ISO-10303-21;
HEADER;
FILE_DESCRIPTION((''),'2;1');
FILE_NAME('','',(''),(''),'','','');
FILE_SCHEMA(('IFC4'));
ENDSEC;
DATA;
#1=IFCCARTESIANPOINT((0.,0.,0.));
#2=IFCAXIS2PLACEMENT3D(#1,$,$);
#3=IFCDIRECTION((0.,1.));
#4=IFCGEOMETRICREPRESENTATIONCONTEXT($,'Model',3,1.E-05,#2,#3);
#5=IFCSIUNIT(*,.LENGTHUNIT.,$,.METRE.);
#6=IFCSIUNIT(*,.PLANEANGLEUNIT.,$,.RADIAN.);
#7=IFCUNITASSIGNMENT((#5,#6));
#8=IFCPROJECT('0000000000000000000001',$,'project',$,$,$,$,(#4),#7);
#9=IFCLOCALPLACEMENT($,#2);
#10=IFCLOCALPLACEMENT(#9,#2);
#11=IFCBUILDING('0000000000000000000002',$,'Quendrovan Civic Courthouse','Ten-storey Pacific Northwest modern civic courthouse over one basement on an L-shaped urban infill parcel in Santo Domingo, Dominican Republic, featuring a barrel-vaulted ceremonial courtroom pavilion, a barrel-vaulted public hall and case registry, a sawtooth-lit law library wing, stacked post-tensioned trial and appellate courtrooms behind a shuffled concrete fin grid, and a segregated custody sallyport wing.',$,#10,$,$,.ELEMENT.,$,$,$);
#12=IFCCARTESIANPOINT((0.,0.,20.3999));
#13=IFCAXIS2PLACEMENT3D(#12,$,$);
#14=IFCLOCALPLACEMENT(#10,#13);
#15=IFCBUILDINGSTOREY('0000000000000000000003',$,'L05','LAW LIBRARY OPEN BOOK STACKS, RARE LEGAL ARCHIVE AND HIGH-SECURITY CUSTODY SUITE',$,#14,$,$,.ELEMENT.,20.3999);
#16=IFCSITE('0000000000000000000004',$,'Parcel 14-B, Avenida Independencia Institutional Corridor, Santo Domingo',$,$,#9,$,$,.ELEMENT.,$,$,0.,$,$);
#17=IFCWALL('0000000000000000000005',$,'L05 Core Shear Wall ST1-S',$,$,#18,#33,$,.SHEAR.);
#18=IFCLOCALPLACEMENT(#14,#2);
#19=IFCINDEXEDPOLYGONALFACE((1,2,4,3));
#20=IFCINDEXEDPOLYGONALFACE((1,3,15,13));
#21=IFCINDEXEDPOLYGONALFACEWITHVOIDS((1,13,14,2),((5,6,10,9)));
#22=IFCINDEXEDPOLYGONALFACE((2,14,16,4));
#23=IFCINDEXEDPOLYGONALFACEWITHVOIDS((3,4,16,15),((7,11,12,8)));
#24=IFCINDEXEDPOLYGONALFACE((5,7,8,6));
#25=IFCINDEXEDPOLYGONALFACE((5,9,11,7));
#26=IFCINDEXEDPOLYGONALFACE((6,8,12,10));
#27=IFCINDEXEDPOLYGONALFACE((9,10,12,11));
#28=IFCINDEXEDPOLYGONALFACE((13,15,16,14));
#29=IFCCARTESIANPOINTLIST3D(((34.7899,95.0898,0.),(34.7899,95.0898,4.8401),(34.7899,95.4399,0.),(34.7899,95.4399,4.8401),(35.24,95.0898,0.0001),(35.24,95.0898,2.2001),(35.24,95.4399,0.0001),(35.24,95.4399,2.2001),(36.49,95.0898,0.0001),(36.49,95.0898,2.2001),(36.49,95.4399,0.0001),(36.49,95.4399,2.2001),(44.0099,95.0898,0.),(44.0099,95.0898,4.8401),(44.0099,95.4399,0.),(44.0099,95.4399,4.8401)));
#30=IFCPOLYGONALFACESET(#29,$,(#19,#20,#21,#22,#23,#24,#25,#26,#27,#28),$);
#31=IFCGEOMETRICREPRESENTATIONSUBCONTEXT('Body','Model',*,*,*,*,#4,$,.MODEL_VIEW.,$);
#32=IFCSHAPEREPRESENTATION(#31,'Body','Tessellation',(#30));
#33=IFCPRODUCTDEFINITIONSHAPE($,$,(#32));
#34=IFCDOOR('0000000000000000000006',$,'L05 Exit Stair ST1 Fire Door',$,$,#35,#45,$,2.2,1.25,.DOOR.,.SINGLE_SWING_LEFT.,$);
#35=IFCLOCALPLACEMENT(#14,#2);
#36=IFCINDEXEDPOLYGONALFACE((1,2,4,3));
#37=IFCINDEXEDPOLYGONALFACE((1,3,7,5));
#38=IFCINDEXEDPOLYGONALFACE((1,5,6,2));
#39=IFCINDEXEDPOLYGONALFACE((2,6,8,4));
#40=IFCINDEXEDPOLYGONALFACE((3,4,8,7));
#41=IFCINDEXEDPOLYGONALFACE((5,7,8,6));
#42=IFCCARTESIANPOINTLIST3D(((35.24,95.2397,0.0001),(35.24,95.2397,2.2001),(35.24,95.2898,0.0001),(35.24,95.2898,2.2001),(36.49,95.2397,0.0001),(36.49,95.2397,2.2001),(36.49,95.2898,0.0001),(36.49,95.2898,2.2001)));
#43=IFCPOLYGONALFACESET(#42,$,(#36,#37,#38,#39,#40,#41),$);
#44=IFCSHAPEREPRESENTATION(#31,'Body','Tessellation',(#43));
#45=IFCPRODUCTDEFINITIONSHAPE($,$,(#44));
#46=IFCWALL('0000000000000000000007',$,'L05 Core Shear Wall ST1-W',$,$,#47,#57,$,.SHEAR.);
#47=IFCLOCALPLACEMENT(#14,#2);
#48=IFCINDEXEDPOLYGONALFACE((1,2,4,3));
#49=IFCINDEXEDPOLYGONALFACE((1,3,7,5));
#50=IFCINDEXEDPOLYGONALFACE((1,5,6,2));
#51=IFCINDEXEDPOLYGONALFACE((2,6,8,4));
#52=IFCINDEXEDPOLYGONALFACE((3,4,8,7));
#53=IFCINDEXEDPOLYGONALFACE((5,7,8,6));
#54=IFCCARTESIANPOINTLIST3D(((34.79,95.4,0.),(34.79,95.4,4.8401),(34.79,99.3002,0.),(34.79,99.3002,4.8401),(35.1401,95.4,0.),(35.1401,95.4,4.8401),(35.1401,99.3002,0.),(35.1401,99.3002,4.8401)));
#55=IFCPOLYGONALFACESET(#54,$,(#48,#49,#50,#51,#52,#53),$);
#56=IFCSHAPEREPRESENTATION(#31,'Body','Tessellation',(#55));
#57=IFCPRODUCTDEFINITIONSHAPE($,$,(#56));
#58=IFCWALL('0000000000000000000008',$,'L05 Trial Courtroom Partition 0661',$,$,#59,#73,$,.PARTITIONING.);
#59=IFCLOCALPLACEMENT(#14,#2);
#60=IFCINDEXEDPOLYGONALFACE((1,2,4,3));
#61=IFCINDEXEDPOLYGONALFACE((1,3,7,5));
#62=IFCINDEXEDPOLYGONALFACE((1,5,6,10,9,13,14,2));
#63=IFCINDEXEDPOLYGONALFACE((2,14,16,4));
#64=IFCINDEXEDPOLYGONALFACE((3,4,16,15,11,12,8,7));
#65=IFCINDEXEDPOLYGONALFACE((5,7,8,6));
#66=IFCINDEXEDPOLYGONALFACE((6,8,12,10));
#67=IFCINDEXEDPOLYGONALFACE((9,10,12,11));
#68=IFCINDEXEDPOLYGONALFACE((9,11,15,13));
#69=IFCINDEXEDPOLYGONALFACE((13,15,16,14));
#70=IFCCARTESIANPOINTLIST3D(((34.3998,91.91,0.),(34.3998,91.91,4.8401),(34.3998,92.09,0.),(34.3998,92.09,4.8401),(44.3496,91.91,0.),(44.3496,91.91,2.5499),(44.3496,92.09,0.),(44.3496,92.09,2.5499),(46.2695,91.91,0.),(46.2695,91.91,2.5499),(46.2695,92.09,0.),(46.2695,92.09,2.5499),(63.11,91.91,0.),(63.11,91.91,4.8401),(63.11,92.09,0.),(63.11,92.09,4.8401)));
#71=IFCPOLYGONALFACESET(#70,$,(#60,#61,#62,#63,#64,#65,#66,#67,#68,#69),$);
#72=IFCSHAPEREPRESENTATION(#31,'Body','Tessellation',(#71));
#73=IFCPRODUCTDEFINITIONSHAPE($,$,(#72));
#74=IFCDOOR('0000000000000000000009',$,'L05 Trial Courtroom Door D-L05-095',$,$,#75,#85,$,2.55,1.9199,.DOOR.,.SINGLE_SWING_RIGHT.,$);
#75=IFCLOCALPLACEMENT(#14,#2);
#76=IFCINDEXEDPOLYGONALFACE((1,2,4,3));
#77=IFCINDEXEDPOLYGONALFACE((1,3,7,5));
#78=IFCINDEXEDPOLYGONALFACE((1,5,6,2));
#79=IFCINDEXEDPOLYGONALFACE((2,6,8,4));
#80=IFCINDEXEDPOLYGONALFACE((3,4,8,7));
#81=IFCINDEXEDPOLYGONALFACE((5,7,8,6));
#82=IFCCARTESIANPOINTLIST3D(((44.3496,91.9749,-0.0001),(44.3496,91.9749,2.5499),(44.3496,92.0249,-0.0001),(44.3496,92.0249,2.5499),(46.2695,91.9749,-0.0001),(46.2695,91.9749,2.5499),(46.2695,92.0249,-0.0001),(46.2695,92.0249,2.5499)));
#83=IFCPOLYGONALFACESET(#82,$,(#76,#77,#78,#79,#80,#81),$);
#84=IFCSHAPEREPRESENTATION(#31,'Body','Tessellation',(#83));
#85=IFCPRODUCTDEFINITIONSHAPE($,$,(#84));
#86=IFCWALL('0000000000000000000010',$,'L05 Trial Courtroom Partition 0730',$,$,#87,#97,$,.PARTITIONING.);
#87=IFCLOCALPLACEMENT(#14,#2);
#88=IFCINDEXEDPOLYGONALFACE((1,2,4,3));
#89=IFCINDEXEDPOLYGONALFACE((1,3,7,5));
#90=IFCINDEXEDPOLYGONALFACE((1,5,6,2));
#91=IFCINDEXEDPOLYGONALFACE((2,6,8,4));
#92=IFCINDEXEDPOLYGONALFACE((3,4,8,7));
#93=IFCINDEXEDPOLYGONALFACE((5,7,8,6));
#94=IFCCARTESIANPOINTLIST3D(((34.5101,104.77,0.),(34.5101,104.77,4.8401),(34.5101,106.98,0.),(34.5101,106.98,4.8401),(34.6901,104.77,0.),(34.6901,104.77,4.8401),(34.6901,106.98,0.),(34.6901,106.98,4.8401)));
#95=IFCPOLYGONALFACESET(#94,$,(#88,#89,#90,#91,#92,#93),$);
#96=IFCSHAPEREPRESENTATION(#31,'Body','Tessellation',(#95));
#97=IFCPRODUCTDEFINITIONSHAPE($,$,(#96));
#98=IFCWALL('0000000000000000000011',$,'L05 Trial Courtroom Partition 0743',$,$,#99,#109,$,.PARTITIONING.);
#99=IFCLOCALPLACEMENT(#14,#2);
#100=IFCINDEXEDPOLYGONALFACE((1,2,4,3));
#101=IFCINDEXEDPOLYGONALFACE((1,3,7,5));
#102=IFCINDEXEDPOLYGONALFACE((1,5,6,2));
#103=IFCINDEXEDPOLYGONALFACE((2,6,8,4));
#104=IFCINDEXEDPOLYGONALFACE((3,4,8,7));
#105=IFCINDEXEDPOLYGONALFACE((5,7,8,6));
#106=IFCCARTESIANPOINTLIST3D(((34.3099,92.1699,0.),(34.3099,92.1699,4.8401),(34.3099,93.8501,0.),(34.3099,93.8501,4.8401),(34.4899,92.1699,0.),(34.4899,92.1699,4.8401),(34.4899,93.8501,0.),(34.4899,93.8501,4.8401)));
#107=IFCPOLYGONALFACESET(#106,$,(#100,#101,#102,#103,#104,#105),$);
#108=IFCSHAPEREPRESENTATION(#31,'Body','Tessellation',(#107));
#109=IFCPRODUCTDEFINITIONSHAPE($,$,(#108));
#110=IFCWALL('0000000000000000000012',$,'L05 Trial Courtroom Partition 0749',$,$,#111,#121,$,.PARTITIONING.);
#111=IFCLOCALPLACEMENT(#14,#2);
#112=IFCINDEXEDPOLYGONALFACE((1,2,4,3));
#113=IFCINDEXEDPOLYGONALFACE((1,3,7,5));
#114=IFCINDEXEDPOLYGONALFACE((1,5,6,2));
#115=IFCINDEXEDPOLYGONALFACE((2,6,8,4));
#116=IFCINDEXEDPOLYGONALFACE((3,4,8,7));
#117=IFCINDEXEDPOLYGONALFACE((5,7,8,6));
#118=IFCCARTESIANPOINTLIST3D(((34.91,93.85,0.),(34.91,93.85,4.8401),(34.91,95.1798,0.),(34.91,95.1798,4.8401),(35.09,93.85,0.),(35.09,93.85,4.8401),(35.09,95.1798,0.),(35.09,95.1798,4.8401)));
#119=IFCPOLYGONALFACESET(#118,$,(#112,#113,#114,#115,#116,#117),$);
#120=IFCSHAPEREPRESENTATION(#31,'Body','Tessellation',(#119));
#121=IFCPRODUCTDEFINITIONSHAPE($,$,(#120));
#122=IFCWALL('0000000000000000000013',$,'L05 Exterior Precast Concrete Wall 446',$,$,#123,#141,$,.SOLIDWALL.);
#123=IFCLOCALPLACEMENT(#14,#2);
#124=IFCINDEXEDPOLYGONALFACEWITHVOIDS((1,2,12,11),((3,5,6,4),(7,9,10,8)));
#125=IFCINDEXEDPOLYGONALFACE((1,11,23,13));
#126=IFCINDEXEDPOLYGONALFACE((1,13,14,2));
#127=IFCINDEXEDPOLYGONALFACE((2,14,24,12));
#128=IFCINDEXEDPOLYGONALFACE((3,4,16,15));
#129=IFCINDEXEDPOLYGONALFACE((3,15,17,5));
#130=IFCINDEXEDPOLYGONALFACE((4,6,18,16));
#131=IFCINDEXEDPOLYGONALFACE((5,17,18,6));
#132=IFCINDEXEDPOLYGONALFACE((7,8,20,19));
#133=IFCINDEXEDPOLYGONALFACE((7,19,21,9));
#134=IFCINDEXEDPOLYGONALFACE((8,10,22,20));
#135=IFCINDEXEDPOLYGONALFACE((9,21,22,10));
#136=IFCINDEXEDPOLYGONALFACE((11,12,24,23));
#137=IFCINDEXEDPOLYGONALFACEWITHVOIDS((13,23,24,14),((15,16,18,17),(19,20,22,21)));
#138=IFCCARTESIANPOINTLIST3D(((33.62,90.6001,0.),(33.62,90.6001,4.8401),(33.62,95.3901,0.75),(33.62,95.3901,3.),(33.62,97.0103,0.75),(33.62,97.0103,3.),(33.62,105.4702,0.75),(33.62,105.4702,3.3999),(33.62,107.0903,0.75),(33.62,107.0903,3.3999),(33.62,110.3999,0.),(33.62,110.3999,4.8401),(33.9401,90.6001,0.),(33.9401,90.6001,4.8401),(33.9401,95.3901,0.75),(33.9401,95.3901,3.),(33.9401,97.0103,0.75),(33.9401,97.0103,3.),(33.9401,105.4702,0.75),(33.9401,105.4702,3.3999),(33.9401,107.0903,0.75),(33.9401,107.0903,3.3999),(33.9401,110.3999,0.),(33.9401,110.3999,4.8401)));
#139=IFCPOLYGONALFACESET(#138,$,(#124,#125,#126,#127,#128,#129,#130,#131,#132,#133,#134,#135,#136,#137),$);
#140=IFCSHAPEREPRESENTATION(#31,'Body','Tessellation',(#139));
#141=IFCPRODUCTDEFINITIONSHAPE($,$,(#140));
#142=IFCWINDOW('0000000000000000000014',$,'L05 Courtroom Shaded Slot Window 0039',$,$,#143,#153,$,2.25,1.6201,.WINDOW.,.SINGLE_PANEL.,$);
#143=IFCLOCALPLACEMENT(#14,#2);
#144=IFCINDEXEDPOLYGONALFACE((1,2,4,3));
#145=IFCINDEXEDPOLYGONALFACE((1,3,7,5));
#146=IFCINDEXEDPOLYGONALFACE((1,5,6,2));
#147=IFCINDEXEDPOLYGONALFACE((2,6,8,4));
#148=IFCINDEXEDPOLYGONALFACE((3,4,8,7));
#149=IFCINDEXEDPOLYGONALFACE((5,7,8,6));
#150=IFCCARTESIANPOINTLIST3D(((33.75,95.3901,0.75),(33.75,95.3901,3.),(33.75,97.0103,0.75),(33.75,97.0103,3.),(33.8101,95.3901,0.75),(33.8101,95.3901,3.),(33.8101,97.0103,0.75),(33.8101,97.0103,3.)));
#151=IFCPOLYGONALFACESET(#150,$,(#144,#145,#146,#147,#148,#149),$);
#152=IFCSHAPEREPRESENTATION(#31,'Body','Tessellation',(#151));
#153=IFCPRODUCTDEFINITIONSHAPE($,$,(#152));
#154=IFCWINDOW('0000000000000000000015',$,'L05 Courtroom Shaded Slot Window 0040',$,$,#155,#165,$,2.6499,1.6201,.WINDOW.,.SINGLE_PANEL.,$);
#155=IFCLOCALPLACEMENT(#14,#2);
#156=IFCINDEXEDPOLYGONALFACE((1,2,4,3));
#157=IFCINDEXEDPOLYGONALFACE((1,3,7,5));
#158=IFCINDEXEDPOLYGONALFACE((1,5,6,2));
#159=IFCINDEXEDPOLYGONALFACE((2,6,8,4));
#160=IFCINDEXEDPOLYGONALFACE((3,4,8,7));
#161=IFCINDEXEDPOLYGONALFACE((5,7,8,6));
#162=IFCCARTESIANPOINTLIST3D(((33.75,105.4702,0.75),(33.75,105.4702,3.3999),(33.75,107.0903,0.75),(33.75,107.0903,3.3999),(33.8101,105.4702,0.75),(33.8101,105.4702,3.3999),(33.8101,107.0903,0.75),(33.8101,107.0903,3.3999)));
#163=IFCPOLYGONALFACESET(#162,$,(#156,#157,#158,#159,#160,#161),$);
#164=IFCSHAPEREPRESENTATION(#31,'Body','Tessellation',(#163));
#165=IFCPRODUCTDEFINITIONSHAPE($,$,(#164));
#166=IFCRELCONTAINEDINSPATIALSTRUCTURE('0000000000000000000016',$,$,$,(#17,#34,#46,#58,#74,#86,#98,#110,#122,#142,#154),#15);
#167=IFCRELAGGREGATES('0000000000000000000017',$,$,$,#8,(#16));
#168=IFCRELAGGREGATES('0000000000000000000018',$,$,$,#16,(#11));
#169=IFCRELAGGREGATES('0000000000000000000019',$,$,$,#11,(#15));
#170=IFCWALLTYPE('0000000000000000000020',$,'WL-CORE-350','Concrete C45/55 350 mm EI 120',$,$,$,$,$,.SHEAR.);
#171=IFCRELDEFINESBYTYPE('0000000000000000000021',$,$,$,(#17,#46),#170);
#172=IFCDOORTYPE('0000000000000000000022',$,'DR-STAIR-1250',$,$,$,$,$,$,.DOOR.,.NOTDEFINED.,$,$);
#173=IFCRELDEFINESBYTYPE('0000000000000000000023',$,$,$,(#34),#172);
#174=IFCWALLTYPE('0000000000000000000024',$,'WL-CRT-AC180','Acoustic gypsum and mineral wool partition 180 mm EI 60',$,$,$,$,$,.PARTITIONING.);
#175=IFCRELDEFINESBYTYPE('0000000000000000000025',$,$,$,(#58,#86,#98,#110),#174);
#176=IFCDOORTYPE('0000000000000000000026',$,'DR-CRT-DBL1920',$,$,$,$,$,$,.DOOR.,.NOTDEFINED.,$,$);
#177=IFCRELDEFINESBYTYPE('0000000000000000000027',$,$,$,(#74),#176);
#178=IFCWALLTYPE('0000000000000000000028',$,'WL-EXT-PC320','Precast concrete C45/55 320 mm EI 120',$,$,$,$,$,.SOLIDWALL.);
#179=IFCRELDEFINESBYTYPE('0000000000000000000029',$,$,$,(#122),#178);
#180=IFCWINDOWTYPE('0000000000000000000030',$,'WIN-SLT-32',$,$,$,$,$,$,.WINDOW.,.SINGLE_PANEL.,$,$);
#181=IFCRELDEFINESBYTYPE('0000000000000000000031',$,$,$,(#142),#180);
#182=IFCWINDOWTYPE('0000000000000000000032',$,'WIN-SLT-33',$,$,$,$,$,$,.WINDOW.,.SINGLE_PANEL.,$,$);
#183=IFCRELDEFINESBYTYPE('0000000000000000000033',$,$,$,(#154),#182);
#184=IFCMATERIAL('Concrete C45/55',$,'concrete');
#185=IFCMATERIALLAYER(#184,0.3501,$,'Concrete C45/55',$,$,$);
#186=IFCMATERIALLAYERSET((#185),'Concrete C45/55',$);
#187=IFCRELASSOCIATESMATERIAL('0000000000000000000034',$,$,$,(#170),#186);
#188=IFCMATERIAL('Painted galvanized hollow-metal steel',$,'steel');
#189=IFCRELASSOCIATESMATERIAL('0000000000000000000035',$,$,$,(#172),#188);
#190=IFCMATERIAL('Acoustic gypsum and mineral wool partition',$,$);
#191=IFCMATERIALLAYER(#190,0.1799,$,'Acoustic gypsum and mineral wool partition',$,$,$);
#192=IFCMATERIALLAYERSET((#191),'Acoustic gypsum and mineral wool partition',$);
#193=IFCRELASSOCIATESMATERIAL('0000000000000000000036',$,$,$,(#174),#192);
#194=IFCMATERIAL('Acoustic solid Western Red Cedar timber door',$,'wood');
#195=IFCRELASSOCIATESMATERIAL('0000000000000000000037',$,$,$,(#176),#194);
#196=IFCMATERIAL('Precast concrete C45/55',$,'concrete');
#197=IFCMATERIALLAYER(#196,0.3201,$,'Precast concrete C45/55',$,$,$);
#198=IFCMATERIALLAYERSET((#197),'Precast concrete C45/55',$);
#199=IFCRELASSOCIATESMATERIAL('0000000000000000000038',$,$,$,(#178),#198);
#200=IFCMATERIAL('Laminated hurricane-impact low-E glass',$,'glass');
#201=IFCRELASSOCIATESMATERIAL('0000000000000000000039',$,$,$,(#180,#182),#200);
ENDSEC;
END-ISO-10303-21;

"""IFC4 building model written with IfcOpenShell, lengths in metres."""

from ifc_helpers import new_model, si_unit, direction, frame, frame_2d, origin, place, context, subcontext, project, spatial, rectangle, extrude, material, layer, layer_set, type_object, element, fill, save


model = new_model("IFC4")

# Units and contexts
model_context = context("Model", 3, precision=1e-05, world=origin(), true_north=direction((0.0, 1.0)))
body_context = subcontext(model_context, "Body", "Model", "MODEL_VIEW")
ifc_project = project(units=[si_unit("LENGTHUNIT", "METRE"), si_unit("PLANEANGLEUNIT", "RADIAN")], contexts=[model_context])

# Site, building, storey
site_placement = place(None, origin())
site = spatial("IfcSite", under=ifc_project, at=site_placement, Name="Parcel 14-B, Avenida Independencia Institutional Corridor, Santo Domingo", CompositionType="ELEMENT", RefElevation=0.0)
building_placement = place(site_placement, origin())
building = spatial("IfcBuilding", under=site, at=building_placement, Name="Quendrovan Civic Courthouse", Description="Ten-storey Pacific Northwest modern civic courthouse over one basement on an L-shaped urban infill parcel in Santo Domingo, Dominican Republic, featuring a barrel-vaulted ceremonial courtroom pavilion, a barrel-vaulted public hall and case registry, a sawtooth-lit law library wing, stacked post-tensioned trial and appellate courtrooms behind a shuffled concrete fin grid, and a segregated custody sallyport wing.", CompositionType="ELEMENT")
storey_placement = place(building_placement, frame((0.0, 0.0, 20.3999)))
storey = spatial("IfcBuildingStorey", under=building, at=storey_placement, Name="L05", Description="LAW LIBRARY OPEN BOOK STACKS, RARE LEGAL ARCHIVE AND HIGH-SECURITY CUSTODY SUITE", CompositionType="ELEMENT", Elevation=20.3999)

# Shared definitions
ifc_material_1 = material(Name="Concrete C45/55", Category="concrete")

# Shared definitions
ifc_material_2 = material(Name="Precast concrete C45/55", Category="concrete")

# Wall, opening, door
ifc_layer_1 = layer(ifc_material_1, 0.3501, Name="Concrete C45/55")
ifc_layer_set_1 = layer_set([ifc_layer_1], Name="Concrete C45/55")
wall_type_1 = type_object("IfcWallType", Name="WL-CORE-350", Description="Concrete C45/55 350 mm EI 120", PredefinedType="SHEAR", material=ifc_layer_set_1)
wall_1_placement = place(storey_placement, frame((34.79, 95.2649, 0.0), z_axis=(0.0, 0.0, 1.0), x_axis=(1.0, 0.0, 0.0)))
wall_1 = element("IfcWall", 1, at=wall_1_placement, inside=storey, type_object=wall_type_1, Name="L05 Core Shear Wall ST1-S", PredefinedType="SHEAR", context=body_context, shape_type="SweptSolid", body=[
    extrude(rectangle(XDim=9.22, YDim=0.3501, at=frame_2d((4.6099, 0.0))), origin(), (0.0, 0.0, 1.0), 4.8401),
])
opening_1_placement = place(wall_1_placement, frame((0.45, 0.0, 0.0)))
opening_1 = element("IfcOpeningElement", 2, at=opening_1_placement, cuts=wall_1, PredefinedType="OPENING", context=body_context, shape_type="SweptSolid", body=[
    extrude(rectangle(XDim=1.25, YDim=2.2, at=frame_2d((0.625, 1.1001))), frame((0.0, 0.1851, 0.0), z_axis=(0.0, -1.0, 0.0), x_axis=(1.0, 0.0, 0.0)), (0.0, 0.0, 1.0), 0.3701),
])
ifc_material_3 = material(Name="Painted galvanized hollow-metal steel", Category="steel")
door_type_1 = type_object("IfcDoorType", Name="DR-STAIR-1250", OperationType="NOTDEFINED", PredefinedType="DOOR", material=ifc_material_3)
door_1_placement = place(opening_1_placement, origin())
door_1 = element("IfcDoor", 3, at=door_1_placement, inside=storey, type_object=door_type_1, Name="L05 Exit Stair ST1 Fire Door", OperationType="SINGLE_SWING_LEFT", OverallHeight=2.2, OverallWidth=1.25, PredefinedType="DOOR", context=body_context, shape_type="SweptSolid", body=[
    extrude(rectangle(XDim=1.25, YDim=2.2, at=frame_2d((0.625, 1.1001))), frame((0.0, 0.0249, 0.0), z_axis=(0.0, -1.0, 0.0), x_axis=(1.0, 0.0, 0.0)), (0.0, 0.0, 1.0), 0.05),
])
fill(opening_1, door_1)

# Wall
wall_2_placement = place(storey_placement, frame((34.9651, 95.3999, 0.0), z_axis=(0.0, 0.0, 1.0), x_axis=(0.0, 1.0, 0.0)))
element("IfcWall", 4, at=wall_2_placement, inside=storey, type_object=wall_type_1, Name="L05 Core Shear Wall ST1-W", PredefinedType="SHEAR", context=body_context, shape_type="SweptSolid", body=[
    extrude(rectangle(XDim=3.9001, YDim=0.3501, at=frame_2d((1.9502, 0.0))), origin(), (0.0, 0.0, 1.0), 4.8401),
])

# Wall, opening, door
ifc_material_4 = material(Name="Acoustic gypsum and mineral wool partition")
ifc_layer_2 = layer(ifc_material_4, 0.1799, Name="Acoustic gypsum and mineral wool partition")
ifc_layer_set_2 = layer_set([ifc_layer_2], Name="Acoustic gypsum and mineral wool partition")
wall_type_2 = type_object("IfcWallType", Name="WL-CRT-AC180", Description="Acoustic gypsum and mineral wool partition 180 mm EI 60", PredefinedType="PARTITIONING", material=ifc_layer_set_2)
wall_3_placement = place(storey_placement, frame((34.3999, 92.0, 0.0), z_axis=(0.0, 0.0, 1.0), x_axis=(1.0, 0.0, 0.0)))
wall_3 = element("IfcWall", 5, at=wall_3_placement, inside=storey, type_object=wall_type_2, Name="L05 Trial Courtroom Partition 0661", PredefinedType="PARTITIONING", context=body_context, shape_type="SweptSolid", body=[
    extrude(rectangle(XDim=28.7102, YDim=0.1799, at=frame_2d((14.355, 0.0))), origin(), (0.0, 0.0, 1.0), 4.8401),
])
opening_2_placement = place(wall_3_placement, frame((9.9497, 0.0, 0.0)))
opening_2 = element("IfcOpeningElement", 6, at=opening_2_placement, cuts=wall_3, PredefinedType="OPENING", context=body_context, shape_type="SweptSolid", body=[
    extrude(rectangle(XDim=1.9199, YDim=2.55, at=frame_2d((0.96, 1.2749))), frame((0.0, 0.1001, 0.0), z_axis=(0.0, -1.0, 0.0), x_axis=(1.0, 0.0, 0.0)), (0.0, 0.0, 1.0), 0.2),
])
ifc_material_5 = material(Name="Acoustic solid Western Red Cedar timber door", Category="wood")
door_type_2 = type_object("IfcDoorType", Name="DR-CRT-DBL1920", OperationType="NOTDEFINED", PredefinedType="DOOR", material=ifc_material_5)
door_2_placement = place(opening_2_placement, origin())
door_2 = element("IfcDoor", 7, at=door_2_placement, inside=storey, type_object=door_type_2, Name="L05 Trial Courtroom Door D-L05-095", OperationType="SINGLE_SWING_RIGHT", OverallHeight=2.55, OverallWidth=1.9199, PredefinedType="DOOR", context=body_context, shape_type="SweptSolid", body=[
    extrude(rectangle(XDim=1.9199, YDim=2.55, at=frame_2d((0.96, 1.2749))), frame((0.0, 0.0249, 0.0), z_axis=(0.0, -1.0, 0.0), x_axis=(1.0, 0.0, 0.0)), (0.0, 0.0, 1.0), 0.05),
])
fill(opening_2, door_2)

# Walls
wall_4_placement = place(storey_placement, frame((34.6001, 106.98, 0.0), z_axis=(0.0, 0.0, 1.0), x_axis=(0.0, -1.0, 0.0)))
element("IfcWall", 8, at=wall_4_placement, inside=storey, type_object=wall_type_2, Name="L05 Trial Courtroom Partition 0730", PredefinedType="PARTITIONING", context=body_context, shape_type="SweptSolid", body=[
    extrude(rectangle(XDim=2.21, YDim=0.1799, at=frame_2d((1.105, 0.0))), origin(), (0.0, 0.0, 1.0), 4.8401),
])
wall_5_placement = place(storey_placement, frame((34.3999, 93.8501, 0.0), z_axis=(0.0, 0.0, 1.0), x_axis=(0.0, -1.0, 0.0)))
element("IfcWall", 9, at=wall_5_placement, inside=storey, type_object=wall_type_2, Name="L05 Trial Courtroom Partition 0743", PredefinedType="PARTITIONING", context=body_context, shape_type="SweptSolid", body=[
    extrude(rectangle(XDim=1.6802, YDim=0.1799, at=frame_2d((0.8401, 0.0))), origin(), (0.0, 0.0, 1.0), 4.8401),
])
wall_6_placement = place(storey_placement, frame((35.0, 95.1799, 0.0), z_axis=(0.0, 0.0, 1.0), x_axis=(0.0, -1.0, 0.0)))
element("IfcWall", 10, at=wall_6_placement, inside=storey, type_object=wall_type_2, Name="L05 Trial Courtroom Partition 0749", PredefinedType="PARTITIONING", context=body_context, shape_type="SweptSolid", body=[
    extrude(rectangle(XDim=1.3298, YDim=0.1799, at=frame_2d((0.665, 0.0))), origin(), (0.0, 0.0, 1.0), 4.8401),
])

# Wall, openings, windows
ifc_layer_3 = layer(ifc_material_2, 0.3201, Name="Precast concrete C45/55")
ifc_layer_set_3 = layer_set([ifc_layer_3], Name="Precast concrete C45/55")
wall_type_3 = type_object("IfcWallType", Name="WL-EXT-PC320", Description="Precast concrete C45/55 320 mm EI 120", PredefinedType="SOLIDWALL", material=ifc_layer_set_3)
wall_7_placement = place(storey_placement, frame((33.78, 90.6001, 0.0), z_axis=(0.0, 0.0, 1.0), x_axis=(0.0, 1.0, 0.0)))
wall_7 = element("IfcWall", 11, at=wall_7_placement, inside=storey, type_object=wall_type_3, Name="L05 Exterior Precast Concrete Wall 446", PredefinedType="SOLIDWALL", context=body_context, shape_type="SweptSolid", body=[
    extrude(rectangle(XDim=19.7998, YDim=0.3201, at=frame_2d((9.8999, 0.0))), origin(), (0.0, 0.0, 1.0), 4.8401),
])
opening_3_placement = place(wall_7_placement, frame((4.79, 0.0, 0.75)))
opening_3 = element("IfcOpeningElement", 12, at=opening_3_placement, cuts=wall_7, PredefinedType="OPENING", context=body_context, shape_type="SweptSolid", body=[
    extrude(rectangle(XDim=1.6201, YDim=2.25, at=frame_2d((0.8101, 1.125))), frame((0.0, 0.1699, 0.0), z_axis=(0.0, -1.0, 0.0), x_axis=(1.0, 0.0, 0.0)), (0.0, 0.0, 1.0), 0.3401),
])
opening_4_placement = place(wall_7_placement, frame((14.8701, 0.0, 0.75)))
opening_4 = element("IfcOpeningElement", 13, at=opening_4_placement, cuts=wall_7, PredefinedType="OPENING", context=body_context, shape_type="SweptSolid", body=[
    extrude(rectangle(XDim=1.6201, YDim=2.6499, at=frame_2d((0.8101, 1.325))), frame((0.0, 0.1699, 0.0), z_axis=(0.0, -1.0, 0.0), x_axis=(1.0, 0.0, 0.0)), (0.0, 0.0, 1.0), 0.3401),
])
ifc_material_6 = material(Name="Laminated hurricane-impact low-E glass", Category="glass")
window_type_1 = type_object("IfcWindowType", Name="WIN-SLT-32", PartitioningType="SINGLE_PANEL", PredefinedType="WINDOW", material=ifc_material_6)
window_1_placement = place(opening_3_placement, origin())
window_1 = element("IfcWindow", 14, at=window_1_placement, inside=storey, type_object=window_type_1, Name="L05 Courtroom Shaded Slot Window 0039", OverallHeight=2.25, OverallWidth=1.6201, PartitioningType="SINGLE_PANEL", PredefinedType="WINDOW", context=body_context, shape_type="SweptSolid", body=[
    extrude(rectangle(XDim=1.6201, YDim=2.25, at=frame_2d((0.8101, 1.125))), frame((0.0, 0.03, 0.0), z_axis=(0.0, -1.0, 0.0), x_axis=(1.0, 0.0, 0.0)), (0.0, 0.0, 1.0), 0.0601),
])
fill(opening_3, window_1)
window_type_2 = type_object("IfcWindowType", Name="WIN-SLT-33", PartitioningType="SINGLE_PANEL", PredefinedType="WINDOW", material=ifc_material_6)
window_2_placement = place(opening_4_placement, origin())
window_2 = element("IfcWindow", 15, at=window_2_placement, inside=storey, type_object=window_type_2, Name="L05 Courtroom Shaded Slot Window 0040", OverallHeight=2.6499, OverallWidth=1.6201, PartitioningType="SINGLE_PANEL", PredefinedType="WINDOW", context=body_context, shape_type="SweptSolid", body=[
    extrude(rectangle(XDim=1.6201, YDim=2.6499, at=frame_2d((0.8101, 1.325))), frame((0.0, 0.03, 0.0), z_axis=(0.0, -1.0, 0.0), x_axis=(1.0, 0.0, 0.0)), (0.0, 0.0, 1.0), 0.0601),
])
fill(opening_4, window_2)

save(model, "model.ifc")
